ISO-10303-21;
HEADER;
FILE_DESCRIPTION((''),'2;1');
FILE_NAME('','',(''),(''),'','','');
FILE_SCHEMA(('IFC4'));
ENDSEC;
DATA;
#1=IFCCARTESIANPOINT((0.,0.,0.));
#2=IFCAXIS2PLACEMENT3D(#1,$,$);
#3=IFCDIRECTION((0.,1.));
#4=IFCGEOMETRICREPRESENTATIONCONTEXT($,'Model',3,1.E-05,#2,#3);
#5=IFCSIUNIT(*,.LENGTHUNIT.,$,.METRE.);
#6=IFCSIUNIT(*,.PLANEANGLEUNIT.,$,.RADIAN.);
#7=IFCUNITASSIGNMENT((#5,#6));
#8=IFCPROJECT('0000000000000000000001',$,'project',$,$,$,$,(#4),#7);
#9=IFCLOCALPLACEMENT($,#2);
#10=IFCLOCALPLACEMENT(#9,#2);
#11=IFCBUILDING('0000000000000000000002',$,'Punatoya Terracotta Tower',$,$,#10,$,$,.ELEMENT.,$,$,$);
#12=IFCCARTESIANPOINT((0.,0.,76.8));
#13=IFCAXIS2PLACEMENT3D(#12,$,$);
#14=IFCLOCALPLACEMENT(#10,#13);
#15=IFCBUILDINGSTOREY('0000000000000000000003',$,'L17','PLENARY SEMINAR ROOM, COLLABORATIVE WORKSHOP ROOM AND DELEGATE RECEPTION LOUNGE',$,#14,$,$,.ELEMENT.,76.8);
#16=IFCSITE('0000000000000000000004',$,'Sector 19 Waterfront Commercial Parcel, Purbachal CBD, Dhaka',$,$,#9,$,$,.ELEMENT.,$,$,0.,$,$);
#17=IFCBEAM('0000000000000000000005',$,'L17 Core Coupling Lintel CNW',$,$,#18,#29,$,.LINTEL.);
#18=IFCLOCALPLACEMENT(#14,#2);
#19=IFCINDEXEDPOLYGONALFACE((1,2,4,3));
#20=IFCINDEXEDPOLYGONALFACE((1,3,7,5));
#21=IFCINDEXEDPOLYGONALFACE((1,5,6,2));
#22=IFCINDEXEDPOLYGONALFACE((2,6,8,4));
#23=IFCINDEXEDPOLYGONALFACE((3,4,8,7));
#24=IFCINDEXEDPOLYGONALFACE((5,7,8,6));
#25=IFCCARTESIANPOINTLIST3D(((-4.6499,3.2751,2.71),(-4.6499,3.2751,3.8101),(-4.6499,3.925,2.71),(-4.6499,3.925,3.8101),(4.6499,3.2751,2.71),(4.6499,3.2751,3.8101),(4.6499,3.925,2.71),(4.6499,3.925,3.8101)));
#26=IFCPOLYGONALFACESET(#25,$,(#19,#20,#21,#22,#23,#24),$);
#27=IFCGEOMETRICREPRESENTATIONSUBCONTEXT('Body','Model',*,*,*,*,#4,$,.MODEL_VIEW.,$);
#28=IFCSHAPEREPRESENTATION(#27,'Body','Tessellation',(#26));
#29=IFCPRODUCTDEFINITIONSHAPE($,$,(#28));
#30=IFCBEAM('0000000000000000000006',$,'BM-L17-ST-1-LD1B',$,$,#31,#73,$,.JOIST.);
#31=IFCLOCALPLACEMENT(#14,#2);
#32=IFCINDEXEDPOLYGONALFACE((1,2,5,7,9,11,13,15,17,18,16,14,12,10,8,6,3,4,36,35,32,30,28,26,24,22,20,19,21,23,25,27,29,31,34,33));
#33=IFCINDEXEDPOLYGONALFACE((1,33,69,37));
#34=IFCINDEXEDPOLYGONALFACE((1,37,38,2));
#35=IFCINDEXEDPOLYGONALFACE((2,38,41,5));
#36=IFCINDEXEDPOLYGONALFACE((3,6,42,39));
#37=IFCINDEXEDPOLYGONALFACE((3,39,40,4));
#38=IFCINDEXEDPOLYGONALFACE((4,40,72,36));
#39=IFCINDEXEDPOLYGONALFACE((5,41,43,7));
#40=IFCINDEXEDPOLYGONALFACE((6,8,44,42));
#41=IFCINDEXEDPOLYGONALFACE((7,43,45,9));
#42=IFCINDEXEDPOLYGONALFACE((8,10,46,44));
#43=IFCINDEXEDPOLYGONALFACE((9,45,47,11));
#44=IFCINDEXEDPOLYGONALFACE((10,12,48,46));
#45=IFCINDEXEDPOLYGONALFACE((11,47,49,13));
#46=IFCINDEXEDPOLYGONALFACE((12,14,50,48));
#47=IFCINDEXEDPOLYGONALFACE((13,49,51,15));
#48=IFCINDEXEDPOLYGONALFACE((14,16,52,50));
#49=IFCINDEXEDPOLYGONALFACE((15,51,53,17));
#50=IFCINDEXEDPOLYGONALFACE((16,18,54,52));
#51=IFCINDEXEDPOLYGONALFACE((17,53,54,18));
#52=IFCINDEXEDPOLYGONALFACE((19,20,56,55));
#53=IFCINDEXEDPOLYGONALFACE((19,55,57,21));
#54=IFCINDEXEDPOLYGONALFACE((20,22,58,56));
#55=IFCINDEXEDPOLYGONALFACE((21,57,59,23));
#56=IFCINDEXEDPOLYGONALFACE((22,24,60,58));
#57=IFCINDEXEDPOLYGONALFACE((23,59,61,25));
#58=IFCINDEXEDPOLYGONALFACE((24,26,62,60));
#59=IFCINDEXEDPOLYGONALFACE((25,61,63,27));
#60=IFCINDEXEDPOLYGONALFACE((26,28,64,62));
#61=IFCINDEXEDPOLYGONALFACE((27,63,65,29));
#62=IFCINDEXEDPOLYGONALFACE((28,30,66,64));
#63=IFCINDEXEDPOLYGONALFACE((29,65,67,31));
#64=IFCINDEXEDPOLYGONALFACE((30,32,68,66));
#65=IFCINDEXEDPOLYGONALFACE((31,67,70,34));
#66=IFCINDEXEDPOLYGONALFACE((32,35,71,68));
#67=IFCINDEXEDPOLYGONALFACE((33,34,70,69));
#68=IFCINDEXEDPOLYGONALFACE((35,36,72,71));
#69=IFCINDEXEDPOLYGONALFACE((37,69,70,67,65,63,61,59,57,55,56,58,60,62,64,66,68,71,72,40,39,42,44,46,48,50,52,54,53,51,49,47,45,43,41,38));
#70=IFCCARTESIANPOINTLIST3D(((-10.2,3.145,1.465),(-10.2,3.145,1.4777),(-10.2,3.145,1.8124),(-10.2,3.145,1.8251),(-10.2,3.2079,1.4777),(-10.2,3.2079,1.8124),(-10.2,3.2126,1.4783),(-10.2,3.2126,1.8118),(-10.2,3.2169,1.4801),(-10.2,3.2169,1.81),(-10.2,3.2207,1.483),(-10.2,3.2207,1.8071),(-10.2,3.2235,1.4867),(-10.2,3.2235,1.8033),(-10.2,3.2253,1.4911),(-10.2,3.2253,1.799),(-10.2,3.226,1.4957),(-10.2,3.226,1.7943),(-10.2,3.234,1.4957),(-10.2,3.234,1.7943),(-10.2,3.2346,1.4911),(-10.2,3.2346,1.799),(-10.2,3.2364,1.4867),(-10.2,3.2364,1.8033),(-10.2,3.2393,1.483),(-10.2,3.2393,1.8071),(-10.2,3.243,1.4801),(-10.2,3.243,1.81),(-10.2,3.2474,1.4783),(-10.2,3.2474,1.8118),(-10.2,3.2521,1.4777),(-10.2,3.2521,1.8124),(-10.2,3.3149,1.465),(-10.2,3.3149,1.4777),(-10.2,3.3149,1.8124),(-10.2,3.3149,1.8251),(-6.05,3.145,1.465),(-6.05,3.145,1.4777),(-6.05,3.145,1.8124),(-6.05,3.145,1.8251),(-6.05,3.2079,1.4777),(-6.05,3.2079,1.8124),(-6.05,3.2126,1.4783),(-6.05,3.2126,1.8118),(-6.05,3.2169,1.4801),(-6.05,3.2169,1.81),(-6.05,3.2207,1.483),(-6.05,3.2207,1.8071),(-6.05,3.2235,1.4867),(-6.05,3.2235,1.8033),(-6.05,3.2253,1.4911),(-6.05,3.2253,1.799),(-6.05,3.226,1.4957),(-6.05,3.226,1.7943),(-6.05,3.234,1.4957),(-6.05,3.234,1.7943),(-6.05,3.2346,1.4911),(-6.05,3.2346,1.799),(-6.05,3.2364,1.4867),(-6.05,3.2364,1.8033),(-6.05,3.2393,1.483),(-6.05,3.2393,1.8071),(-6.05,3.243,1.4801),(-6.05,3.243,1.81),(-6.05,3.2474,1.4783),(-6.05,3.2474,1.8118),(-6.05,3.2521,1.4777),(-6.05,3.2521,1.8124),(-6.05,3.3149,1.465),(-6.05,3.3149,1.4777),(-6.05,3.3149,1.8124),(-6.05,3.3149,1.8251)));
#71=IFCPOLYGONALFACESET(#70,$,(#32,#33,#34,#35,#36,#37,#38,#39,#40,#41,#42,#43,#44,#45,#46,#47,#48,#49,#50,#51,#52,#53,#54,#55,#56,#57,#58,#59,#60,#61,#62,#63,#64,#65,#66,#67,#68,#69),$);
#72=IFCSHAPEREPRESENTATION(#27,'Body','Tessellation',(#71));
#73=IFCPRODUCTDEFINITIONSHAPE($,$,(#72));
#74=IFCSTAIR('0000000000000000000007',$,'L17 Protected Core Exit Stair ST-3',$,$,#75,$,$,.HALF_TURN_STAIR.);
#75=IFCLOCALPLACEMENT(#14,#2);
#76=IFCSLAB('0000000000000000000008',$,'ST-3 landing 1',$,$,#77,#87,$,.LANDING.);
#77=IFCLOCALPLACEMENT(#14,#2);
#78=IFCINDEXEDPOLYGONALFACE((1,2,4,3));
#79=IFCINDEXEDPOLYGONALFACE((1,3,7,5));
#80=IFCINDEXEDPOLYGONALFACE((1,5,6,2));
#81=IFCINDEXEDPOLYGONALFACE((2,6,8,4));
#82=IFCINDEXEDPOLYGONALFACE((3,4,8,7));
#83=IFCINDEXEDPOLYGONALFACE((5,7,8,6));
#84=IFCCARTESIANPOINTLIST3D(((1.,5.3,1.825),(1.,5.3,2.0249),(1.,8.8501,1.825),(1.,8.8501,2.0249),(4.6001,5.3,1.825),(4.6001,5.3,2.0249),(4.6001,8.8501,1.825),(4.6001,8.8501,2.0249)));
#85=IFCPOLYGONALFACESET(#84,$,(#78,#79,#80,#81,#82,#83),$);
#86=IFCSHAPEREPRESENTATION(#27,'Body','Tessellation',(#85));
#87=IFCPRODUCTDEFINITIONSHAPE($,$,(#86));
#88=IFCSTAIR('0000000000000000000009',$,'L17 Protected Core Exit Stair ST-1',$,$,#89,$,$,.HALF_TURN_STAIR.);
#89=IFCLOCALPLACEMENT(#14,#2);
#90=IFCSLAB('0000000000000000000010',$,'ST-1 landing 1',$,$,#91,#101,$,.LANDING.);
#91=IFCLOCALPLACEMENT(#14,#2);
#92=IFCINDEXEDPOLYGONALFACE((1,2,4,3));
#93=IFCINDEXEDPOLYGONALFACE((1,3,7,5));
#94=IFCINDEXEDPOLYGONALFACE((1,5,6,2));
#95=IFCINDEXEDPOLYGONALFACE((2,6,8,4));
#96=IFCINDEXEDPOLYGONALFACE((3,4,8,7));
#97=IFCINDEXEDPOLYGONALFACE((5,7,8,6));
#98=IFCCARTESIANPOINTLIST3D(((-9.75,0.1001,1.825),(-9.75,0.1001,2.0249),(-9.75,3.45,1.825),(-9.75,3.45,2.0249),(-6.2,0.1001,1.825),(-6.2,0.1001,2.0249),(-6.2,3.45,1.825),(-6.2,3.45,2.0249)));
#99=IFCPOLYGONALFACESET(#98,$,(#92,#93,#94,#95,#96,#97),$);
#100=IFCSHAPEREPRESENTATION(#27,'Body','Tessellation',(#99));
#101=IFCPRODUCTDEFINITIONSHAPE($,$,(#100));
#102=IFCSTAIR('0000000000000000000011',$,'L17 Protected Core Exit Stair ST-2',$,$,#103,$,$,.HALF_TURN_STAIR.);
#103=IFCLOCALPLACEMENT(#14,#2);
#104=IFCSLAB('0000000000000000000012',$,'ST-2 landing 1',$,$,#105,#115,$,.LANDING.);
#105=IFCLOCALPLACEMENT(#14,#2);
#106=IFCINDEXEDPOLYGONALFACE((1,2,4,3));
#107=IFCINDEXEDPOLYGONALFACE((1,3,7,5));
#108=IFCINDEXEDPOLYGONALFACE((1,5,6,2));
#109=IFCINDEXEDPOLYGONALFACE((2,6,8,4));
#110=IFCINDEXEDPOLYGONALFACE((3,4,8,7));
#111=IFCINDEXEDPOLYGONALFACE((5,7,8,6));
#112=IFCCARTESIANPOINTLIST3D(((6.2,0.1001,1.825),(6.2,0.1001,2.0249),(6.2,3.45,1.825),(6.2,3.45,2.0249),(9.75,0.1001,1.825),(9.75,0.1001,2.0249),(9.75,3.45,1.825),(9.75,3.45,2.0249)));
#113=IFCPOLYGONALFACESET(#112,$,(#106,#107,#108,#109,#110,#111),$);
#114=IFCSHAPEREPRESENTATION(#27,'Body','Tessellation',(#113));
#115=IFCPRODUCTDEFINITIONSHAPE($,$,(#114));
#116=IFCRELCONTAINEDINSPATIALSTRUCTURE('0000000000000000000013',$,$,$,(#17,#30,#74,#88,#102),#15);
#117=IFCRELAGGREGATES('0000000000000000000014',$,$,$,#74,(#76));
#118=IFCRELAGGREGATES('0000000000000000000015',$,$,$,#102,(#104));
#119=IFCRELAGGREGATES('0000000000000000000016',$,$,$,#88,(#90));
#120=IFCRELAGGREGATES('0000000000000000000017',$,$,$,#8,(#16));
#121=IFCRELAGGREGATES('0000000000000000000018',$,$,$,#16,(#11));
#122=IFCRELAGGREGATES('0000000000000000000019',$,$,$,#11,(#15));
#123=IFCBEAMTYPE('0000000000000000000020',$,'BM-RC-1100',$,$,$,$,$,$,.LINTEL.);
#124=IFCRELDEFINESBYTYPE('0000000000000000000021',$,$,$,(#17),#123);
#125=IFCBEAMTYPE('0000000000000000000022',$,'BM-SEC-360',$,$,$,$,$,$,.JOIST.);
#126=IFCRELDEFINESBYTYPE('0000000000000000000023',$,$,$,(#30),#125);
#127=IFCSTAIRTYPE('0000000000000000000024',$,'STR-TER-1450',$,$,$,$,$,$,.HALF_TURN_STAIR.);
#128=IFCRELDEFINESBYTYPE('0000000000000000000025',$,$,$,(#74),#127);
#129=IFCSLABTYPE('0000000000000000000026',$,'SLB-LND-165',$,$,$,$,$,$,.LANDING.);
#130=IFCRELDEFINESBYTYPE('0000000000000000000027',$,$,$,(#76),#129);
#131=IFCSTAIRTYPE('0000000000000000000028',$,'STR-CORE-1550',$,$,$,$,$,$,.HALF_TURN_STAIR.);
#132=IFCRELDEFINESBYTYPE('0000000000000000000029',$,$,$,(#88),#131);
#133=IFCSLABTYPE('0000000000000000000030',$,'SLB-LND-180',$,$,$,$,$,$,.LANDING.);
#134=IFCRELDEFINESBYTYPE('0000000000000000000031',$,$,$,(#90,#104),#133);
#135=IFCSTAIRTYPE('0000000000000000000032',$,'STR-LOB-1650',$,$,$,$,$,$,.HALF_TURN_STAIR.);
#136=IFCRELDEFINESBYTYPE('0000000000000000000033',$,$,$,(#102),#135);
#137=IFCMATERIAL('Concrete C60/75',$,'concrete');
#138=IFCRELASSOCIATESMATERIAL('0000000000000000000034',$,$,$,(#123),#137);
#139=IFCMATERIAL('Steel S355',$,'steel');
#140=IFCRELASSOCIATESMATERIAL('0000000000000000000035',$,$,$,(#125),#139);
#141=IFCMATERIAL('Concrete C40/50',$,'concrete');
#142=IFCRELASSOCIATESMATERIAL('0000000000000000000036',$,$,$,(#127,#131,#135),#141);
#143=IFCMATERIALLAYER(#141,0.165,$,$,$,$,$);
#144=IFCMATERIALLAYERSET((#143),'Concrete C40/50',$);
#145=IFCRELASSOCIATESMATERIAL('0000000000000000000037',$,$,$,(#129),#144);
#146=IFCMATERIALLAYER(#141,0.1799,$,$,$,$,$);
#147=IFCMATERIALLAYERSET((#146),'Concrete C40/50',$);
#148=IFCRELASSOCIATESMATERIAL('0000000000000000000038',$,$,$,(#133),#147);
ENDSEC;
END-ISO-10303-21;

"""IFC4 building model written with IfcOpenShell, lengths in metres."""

from ifc_helpers import new_model, si_unit, direction, frame, origin, origin_2d, place, context, subcontext, project, spatial, polyline, rectangle, i_section, outline, extrude, material, layer, layer_set, material_profile, profile_set, type_object, element, aggregate, save


model = new_model("IFC4")

# Units and contexts
model_context = context("Model", 3, precision=1e-05, world=origin(), true_north=direction((0.0, 1.0)))
body_context = subcontext(model_context, "Body", "Model", "MODEL_VIEW")
ifc_project = project(units=[si_unit("LENGTHUNIT", "METRE"), si_unit("PLANEANGLEUNIT", "RADIAN")], contexts=[model_context])

# Site, building, storey
site_placement = place(None, origin())
site = spatial("IfcSite", under=ifc_project, at=site_placement, Name="Sector 19 Waterfront Commercial Parcel, Purbachal CBD, Dhaka", CompositionType="ELEMENT", RefElevation=0.0)
building_placement = place(site_placement, origin())
building = spatial("IfcBuilding", under=site, at=building_placement, Name="Punatoya Terracotta Tower", CompositionType="ELEMENT")
storey_placement = place(building_placement, frame((0.0, 0.0, 76.8)))
storey = spatial("IfcBuildingStorey", under=building, at=storey_placement, Name="L17", Description="PLENARY SEMINAR ROOM, COLLABORATIVE WORKSHOP ROOM AND DELEGATE RECEPTION LOUNGE", CompositionType="ELEMENT", Elevation=76.8)

# Beams
ifc_material_1 = material(Name="Concrete C60/75", Category="concrete")
ifc_material_profile_1 = material_profile(ifc_material_1, rectangle(XDim=0.6499, YDim=1.1001, at=origin_2d()))
ifc_profile_set_1 = profile_set([ifc_material_profile_1], Name="Concrete C60/75")
beam_type_1 = type_object("IfcBeamType", Name="BM-RC-1100", PredefinedType="LINTEL", material=ifc_profile_set_1)
beam_1_placement = place(storey_placement, frame((-4.6499, 3.6001, 3.26), z_axis=(1.0, 0.0, 0.0), x_axis=(0.0, 1.0, 0.0)))
element("IfcBeam", 1, at=beam_1_placement, inside=storey, type_object=beam_type_1, Name="L17 Core Coupling Lintel CNW", PredefinedType="LINTEL", context=body_context, shape_type="SweptSolid", body=[
    extrude(rectangle(XDim=0.6499, YDim=1.1001, at=origin_2d()), origin(), (0.0, 0.0, 1.0), 9.2998),
])
ifc_material_2 = material(Name="Steel S355", Category="steel")
ifc_material_profile_2 = material_profile(ifc_material_2, i_section(OverallWidth=0.1699, OverallDepth=0.3601, WebThickness=0.0081, FlangeThickness=0.0127, FilletRadius=0.0181, at=origin_2d()))
ifc_profile_set_2 = profile_set([ifc_material_profile_2], Name="Steel S355")
beam_type_2 = type_object("IfcBeamType", Name="BM-SEC-360", PredefinedType="JOIST", material=ifc_profile_set_2)
beam_2_placement = place(storey_placement, frame((-10.2, 3.23, 1.645), z_axis=(1.0, 0.0, 0.0), x_axis=(0.0, 1.0, 0.0)))
element("IfcBeam", 2, at=beam_2_placement, inside=storey, type_object=beam_type_2, Name="BM-L17-ST-1-LD1B", PredefinedType="JOIST", context=body_context, shape_type="SweptSolid", body=[
    extrude(i_section(OverallWidth=0.1699, OverallDepth=0.3601, WebThickness=0.0081, FlangeThickness=0.0127, FilletRadius=0.0181, at=origin_2d()), origin(), (0.0, 0.0, 1.0), 4.1499),
])

# Stairs, slabs
ifc_material_3 = material(Name="Concrete C40/50", Category="concrete")
stair_type_1 = type_object("IfcStairType", Name="STR-TER-1450", PredefinedType="HALF_TURN_STAIR", material=ifc_material_3)
stair_1_placement = place(storey_placement, origin())
stair_1 = element("IfcStair", 3, at=stair_1_placement, inside=storey, type_object=stair_type_1, Name="L17 Protected Core Exit Stair ST-3", PredefinedType="HALF_TURN_STAIR")
ifc_layer_1 = layer(ifc_material_3, 0.165)
ifc_layer_set_1 = layer_set([ifc_layer_1], Name="Concrete C40/50")
slab_type_1 = type_object("IfcSlabType", Name="SLB-LND-165", PredefinedType="LANDING", material=ifc_layer_set_1)
slab_1_placement = place(storey_placement, frame((0.0, 0.0, 1.825)))
slab_1 = element("IfcSlab", 4, at=slab_1_placement, type_object=slab_type_1, Name="ST-3 landing 1", PredefinedType="LANDING", context=body_context, shape_type="SweptSolid", body=[
    extrude(outline(polyline([(1.0, 5.3), (4.6001, 5.3), (4.6001, 8.8501), (1.0, 8.8501), (1.0, 5.3)])), origin(), (0.0, 0.0, 1.0), 0.2),
])
aggregate(stair_1, [slab_1])
stair_type_2 = type_object("IfcStairType", Name="STR-CORE-1550", PredefinedType="HALF_TURN_STAIR", material=ifc_material_3)
stair_2_placement = place(storey_placement, origin())
stair_2 = element("IfcStair", 5, at=stair_2_placement, inside=storey, type_object=stair_type_2, Name="L17 Protected Core Exit Stair ST-1", PredefinedType="HALF_TURN_STAIR")
ifc_layer_2 = layer(ifc_material_3, 0.1799)
ifc_layer_set_2 = layer_set([ifc_layer_2], Name="Concrete C40/50")
slab_type_2 = type_object("IfcSlabType", Name="SLB-LND-180", PredefinedType="LANDING", material=ifc_layer_set_2)
slab_2_placement = place(storey_placement, frame((0.0, 0.0, 1.825)))
slab_2 = element("IfcSlab", 6, at=slab_2_placement, type_object=slab_type_2, Name="ST-1 landing 1", PredefinedType="LANDING", context=body_context, shape_type="SweptSolid", body=[
    extrude(outline(polyline([(-6.2, 0.1001), (-6.2, 3.45), (-9.75, 3.45), (-9.75, 0.1001), (-6.2, 0.1001)])), origin(), (0.0, 0.0, 1.0), 0.2),
])
stair_type_3 = type_object("IfcStairType", Name="STR-LOB-1650", PredefinedType="HALF_TURN_STAIR", material=ifc_material_3)
stair_3_placement = place(storey_placement, origin())
stair_3 = element("IfcStair", 7, at=stair_3_placement, inside=storey, type_object=stair_type_3, Name="L17 Protected Core Exit Stair ST-2", PredefinedType="HALF_TURN_STAIR")
slab_3_placement = place(storey_placement, frame((0.0, 0.0, 1.825)))
slab_3 = element("IfcSlab", 8, at=slab_3_placement, type_object=slab_type_2, Name="ST-2 landing 1", PredefinedType="LANDING", context=body_context, shape_type="SweptSolid", body=[
    extrude(outline(polyline([(9.75, 0.1001), (9.75, 3.45), (6.2, 3.45), (6.2, 0.1001), (9.75, 0.1001)])), origin(), (0.0, 0.0, 1.0), 0.2),
])
aggregate(stair_3, [slab_3])

aggregate(stair_2, [slab_2])

save(model, "model.ifc")
